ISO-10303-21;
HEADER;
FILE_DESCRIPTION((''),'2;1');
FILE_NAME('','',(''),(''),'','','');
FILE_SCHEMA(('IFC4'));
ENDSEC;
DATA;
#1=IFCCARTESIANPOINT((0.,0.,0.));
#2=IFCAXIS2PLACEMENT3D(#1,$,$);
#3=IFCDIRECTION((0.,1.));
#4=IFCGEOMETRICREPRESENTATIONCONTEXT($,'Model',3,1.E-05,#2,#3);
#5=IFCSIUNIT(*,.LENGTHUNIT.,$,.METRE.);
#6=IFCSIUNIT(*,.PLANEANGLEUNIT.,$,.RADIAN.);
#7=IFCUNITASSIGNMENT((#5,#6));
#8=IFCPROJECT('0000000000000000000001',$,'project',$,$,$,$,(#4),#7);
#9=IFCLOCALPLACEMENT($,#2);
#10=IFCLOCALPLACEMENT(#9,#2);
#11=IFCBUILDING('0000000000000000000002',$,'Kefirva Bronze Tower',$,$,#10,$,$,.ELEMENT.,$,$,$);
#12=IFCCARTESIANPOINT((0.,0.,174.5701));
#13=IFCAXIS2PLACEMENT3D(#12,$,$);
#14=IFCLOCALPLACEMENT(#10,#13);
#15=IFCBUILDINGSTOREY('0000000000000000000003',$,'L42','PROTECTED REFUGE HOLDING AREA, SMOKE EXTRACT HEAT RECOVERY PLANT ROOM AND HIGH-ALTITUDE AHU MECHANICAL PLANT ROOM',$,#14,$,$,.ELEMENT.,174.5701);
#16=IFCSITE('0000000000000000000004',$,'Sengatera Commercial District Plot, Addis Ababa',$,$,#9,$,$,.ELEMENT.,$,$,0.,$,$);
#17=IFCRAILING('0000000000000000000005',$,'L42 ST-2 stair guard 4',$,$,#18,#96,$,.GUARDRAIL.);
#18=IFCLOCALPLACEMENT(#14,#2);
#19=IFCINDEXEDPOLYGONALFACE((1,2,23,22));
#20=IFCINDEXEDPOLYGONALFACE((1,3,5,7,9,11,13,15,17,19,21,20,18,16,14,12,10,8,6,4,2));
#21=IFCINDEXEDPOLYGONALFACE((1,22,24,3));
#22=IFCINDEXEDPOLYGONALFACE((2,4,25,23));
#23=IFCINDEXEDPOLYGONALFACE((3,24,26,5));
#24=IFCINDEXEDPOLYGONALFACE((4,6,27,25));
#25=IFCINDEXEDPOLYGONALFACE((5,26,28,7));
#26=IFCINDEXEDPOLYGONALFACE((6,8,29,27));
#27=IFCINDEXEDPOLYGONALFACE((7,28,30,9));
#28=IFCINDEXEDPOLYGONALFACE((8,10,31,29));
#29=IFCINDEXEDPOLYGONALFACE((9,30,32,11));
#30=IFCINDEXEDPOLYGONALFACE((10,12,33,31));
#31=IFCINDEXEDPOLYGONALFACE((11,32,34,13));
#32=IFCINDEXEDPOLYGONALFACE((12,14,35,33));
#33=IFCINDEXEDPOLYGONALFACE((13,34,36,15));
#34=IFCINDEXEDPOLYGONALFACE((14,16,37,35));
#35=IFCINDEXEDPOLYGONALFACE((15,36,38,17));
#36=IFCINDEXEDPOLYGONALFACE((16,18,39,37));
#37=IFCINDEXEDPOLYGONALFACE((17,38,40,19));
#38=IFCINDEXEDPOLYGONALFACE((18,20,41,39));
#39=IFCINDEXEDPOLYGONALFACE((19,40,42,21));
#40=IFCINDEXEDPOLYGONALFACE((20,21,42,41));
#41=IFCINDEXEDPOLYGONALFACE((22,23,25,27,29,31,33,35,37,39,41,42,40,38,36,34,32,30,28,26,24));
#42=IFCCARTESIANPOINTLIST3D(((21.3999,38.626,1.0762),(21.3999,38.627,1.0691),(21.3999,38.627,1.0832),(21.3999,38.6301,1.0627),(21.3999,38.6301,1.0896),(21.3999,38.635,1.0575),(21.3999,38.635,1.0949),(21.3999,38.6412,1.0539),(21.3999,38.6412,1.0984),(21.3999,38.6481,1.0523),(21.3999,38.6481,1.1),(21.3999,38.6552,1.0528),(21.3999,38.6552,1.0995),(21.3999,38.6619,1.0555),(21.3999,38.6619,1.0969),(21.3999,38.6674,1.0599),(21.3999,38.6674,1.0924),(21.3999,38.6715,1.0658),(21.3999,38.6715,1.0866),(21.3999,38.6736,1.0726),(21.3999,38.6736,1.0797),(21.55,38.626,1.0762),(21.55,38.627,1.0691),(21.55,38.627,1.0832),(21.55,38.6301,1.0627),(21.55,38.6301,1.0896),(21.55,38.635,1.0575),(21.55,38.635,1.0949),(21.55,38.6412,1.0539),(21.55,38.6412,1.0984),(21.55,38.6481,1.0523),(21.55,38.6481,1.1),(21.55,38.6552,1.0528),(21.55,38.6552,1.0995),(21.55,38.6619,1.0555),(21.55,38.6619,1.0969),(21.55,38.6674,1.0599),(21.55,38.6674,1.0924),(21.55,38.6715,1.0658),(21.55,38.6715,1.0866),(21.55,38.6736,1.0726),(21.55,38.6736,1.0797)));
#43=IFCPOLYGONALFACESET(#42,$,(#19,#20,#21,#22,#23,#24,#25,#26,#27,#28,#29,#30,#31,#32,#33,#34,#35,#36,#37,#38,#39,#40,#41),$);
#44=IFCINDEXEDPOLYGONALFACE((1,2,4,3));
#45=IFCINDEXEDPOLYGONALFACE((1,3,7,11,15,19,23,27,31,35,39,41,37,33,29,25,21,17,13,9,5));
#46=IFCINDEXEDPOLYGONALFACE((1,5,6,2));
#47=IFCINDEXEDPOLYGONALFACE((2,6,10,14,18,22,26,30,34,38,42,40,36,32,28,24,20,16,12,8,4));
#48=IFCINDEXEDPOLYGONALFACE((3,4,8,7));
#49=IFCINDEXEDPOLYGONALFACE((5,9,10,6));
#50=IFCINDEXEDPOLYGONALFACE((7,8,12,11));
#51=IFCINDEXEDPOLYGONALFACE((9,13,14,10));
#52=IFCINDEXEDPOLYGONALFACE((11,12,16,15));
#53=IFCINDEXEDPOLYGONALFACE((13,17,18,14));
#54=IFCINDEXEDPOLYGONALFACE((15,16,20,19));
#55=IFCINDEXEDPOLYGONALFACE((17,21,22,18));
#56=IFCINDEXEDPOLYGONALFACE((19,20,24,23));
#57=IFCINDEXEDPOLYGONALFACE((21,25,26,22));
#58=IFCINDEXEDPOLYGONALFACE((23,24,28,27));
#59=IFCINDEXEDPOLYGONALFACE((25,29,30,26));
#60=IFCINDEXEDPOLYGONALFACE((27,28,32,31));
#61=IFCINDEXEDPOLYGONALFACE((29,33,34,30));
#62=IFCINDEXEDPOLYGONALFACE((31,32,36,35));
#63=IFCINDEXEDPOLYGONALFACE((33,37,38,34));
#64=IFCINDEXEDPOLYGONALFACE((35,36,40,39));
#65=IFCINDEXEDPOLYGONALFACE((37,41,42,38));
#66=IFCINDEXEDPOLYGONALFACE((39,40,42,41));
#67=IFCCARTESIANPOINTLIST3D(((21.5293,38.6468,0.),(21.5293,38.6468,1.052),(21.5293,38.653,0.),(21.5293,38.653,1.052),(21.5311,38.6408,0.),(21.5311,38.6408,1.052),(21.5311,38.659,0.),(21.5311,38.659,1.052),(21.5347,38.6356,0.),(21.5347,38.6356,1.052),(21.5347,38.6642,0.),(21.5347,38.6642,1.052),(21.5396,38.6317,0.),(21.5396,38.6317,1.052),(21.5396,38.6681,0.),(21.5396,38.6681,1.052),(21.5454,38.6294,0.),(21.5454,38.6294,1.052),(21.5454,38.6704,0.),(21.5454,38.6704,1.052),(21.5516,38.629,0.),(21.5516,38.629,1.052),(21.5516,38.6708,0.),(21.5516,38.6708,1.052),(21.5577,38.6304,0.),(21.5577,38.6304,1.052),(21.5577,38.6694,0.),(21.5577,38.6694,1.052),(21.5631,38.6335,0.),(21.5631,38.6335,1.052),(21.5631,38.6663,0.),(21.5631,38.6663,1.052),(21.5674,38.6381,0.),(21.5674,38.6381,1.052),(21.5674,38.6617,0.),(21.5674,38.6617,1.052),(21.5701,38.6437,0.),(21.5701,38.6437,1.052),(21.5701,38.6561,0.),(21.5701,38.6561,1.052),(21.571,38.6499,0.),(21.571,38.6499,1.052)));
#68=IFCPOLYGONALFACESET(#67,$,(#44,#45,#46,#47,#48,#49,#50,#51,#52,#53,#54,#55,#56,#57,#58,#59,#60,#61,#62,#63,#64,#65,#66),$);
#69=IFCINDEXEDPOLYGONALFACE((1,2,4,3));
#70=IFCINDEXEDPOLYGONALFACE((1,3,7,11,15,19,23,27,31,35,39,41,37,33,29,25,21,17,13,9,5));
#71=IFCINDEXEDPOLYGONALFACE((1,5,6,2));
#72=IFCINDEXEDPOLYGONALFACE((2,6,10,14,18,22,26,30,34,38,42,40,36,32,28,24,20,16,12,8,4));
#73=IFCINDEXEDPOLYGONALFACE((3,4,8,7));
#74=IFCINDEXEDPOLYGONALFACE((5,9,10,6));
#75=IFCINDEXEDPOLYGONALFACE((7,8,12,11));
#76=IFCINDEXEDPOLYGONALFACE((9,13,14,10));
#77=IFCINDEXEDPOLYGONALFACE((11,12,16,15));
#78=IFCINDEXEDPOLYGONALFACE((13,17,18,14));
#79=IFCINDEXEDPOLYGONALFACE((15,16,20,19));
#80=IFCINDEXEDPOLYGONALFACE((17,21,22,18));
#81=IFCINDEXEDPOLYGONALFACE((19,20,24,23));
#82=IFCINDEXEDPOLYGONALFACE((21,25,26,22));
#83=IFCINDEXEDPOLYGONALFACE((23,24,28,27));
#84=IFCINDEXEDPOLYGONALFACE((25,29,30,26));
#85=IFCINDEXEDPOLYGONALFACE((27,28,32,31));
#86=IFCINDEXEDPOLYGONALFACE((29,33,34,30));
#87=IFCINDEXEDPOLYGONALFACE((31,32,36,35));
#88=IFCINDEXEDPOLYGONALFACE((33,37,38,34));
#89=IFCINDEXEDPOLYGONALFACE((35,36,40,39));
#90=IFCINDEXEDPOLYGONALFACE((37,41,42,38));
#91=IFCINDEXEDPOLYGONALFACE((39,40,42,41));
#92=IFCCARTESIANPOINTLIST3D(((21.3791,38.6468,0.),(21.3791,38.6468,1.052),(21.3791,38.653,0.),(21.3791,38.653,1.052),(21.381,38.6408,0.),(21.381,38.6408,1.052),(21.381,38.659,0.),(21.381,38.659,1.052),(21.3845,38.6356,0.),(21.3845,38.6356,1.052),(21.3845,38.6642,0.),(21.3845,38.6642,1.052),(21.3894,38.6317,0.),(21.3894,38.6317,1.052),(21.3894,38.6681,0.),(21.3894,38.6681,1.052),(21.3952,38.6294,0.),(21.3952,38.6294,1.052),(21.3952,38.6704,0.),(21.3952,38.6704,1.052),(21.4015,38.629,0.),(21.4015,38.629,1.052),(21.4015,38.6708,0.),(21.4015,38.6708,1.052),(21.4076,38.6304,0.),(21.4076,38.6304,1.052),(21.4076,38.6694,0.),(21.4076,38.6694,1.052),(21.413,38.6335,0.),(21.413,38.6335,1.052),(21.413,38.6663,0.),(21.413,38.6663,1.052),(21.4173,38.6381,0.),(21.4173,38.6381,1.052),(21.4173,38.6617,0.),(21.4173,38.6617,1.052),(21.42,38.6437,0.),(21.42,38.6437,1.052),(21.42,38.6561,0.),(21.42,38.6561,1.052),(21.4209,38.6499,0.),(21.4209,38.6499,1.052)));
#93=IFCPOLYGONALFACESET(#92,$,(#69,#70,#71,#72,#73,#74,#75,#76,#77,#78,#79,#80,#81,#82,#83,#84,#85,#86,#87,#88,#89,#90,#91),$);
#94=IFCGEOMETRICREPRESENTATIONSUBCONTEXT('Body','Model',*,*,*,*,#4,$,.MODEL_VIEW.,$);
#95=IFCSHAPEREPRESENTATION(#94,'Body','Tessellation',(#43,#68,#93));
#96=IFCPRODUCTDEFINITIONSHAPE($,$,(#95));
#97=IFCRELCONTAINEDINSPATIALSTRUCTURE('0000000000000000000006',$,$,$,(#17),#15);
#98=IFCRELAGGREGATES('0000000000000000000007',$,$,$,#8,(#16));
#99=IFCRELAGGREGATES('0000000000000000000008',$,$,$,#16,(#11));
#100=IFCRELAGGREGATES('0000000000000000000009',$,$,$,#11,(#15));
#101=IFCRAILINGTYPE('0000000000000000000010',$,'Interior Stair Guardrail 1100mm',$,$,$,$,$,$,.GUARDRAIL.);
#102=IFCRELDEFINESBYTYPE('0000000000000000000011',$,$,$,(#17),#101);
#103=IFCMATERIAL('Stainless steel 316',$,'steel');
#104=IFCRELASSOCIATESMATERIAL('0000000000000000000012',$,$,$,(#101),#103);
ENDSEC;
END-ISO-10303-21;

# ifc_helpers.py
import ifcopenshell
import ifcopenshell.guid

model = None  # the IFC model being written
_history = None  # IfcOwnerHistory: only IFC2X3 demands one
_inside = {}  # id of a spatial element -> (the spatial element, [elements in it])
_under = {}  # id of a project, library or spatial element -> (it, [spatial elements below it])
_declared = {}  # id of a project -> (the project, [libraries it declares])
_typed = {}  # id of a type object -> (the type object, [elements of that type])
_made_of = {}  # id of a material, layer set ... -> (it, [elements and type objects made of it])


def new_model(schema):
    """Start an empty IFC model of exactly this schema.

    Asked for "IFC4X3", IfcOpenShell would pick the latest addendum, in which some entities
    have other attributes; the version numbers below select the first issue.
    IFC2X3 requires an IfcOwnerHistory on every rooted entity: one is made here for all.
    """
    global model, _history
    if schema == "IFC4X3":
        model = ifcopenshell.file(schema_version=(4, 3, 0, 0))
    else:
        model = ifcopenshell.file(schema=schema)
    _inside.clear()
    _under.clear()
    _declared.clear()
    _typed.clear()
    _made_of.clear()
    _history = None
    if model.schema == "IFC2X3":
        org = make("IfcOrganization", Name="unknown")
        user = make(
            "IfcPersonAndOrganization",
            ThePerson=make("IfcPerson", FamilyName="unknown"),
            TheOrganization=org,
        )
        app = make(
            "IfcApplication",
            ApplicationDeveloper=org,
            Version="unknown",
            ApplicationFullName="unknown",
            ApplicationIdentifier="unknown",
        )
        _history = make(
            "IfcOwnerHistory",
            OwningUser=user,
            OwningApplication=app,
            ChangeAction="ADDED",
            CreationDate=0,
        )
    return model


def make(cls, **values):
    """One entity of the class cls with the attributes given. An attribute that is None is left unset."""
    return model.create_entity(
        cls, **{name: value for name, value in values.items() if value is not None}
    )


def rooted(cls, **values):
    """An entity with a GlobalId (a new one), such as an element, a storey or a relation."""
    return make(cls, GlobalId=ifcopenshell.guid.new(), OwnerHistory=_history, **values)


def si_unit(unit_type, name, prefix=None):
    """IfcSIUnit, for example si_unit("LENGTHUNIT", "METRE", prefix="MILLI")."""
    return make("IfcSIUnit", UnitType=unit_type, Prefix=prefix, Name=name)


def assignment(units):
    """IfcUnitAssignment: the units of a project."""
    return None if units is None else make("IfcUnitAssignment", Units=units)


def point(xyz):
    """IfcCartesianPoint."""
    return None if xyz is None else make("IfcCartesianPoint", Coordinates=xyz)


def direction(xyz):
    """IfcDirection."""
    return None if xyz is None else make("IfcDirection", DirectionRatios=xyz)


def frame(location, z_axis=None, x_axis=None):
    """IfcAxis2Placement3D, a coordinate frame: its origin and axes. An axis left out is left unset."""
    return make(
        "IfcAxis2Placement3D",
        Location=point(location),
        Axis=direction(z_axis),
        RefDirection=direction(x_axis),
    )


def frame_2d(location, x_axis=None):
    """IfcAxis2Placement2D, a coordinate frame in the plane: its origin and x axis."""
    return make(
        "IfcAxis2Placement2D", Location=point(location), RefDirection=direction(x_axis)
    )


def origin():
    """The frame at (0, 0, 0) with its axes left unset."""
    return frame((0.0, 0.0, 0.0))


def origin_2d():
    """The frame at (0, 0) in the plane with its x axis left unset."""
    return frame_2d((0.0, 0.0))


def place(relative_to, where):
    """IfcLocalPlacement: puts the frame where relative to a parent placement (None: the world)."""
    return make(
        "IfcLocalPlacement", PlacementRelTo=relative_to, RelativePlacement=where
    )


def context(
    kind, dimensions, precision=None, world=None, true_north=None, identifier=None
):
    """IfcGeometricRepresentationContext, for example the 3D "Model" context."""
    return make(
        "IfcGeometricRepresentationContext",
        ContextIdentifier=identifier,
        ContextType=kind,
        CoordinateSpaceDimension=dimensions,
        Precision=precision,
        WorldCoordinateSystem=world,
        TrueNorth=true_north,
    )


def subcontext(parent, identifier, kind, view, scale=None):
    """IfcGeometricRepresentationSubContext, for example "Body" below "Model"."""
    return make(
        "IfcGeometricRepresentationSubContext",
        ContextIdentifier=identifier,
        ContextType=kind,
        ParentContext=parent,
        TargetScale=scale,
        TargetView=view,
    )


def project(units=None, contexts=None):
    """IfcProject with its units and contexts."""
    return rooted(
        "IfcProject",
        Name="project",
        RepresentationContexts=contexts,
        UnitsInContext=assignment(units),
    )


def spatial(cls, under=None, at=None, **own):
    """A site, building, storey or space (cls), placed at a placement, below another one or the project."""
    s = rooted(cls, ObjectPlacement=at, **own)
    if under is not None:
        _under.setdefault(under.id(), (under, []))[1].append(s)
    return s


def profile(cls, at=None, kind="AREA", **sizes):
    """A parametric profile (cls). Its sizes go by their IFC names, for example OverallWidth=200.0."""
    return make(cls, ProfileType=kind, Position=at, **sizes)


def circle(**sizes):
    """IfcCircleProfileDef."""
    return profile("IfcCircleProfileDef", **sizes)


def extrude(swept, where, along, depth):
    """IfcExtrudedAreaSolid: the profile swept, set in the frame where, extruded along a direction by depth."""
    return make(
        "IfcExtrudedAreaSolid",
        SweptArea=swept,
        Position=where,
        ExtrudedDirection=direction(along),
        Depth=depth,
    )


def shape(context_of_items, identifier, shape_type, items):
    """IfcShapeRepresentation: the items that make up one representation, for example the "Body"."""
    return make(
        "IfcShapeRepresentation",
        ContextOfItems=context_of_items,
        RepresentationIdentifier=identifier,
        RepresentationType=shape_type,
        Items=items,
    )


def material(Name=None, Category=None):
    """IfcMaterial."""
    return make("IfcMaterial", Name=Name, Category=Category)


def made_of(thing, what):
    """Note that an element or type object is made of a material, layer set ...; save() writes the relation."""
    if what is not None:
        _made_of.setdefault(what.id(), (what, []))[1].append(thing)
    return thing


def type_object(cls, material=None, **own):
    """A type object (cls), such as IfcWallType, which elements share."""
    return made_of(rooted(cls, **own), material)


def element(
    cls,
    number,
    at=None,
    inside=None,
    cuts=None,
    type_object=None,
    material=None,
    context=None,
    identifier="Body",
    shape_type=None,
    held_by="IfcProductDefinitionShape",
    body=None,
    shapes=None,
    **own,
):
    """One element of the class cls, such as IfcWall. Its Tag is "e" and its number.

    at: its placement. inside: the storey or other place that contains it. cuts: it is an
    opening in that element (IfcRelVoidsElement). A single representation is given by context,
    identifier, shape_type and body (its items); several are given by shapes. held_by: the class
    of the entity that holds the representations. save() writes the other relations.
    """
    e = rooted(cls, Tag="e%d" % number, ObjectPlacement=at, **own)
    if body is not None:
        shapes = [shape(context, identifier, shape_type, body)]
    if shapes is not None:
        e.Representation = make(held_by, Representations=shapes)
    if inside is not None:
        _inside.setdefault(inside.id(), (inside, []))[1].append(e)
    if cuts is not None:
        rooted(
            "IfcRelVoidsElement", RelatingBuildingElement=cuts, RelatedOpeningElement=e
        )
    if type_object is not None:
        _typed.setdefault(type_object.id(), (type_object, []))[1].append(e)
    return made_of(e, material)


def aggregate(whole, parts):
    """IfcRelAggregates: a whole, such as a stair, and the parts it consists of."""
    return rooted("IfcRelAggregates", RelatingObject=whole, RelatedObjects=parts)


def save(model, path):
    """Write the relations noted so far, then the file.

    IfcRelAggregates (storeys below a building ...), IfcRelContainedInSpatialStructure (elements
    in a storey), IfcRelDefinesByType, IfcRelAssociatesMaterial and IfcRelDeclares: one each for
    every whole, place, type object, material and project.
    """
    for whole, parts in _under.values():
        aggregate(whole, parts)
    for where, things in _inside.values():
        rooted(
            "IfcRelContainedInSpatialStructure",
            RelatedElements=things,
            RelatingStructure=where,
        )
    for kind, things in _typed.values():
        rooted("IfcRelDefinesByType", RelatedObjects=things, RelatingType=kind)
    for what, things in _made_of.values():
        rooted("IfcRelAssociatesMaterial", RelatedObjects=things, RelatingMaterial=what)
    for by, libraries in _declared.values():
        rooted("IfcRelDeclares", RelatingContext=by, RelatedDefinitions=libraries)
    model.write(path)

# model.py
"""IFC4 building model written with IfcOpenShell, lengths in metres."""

from ifc_helpers import new_model, si_unit, direction, frame, origin, origin_2d, place, context, subcontext, project, spatial, circle, extrude, material, type_object, element, save


model = new_model("IFC4")

# Units and contexts
model_context = context("Model", 3, precision=1e-05, world=origin(), true_north=direction((0.0, 1.0)))
body_context = subcontext(model_context, "Body", "Model", "MODEL_VIEW")
ifc_project = project(units=[si_unit("LENGTHUNIT", "METRE"), si_unit("PLANEANGLEUNIT", "RADIAN")], contexts=[model_context])

# Site, building, storey
site_placement = place(None, origin())
site = spatial("IfcSite", under=ifc_project, at=site_placement, Name="Sengatera Commercial District Plot, Addis Ababa", CompositionType="ELEMENT", RefElevation=0.0)
building_placement = place(site_placement, origin())
building = spatial("IfcBuilding", under=site, at=building_placement, Name="Kefirva Bronze Tower", CompositionType="ELEMENT")
storey_placement = place(building_placement, frame((0.0, 0.0, 174.5701)))
storey = spatial("IfcBuildingStorey", under=building, at=storey_placement, Name="L42", Description="PROTECTED REFUGE HOLDING AREA, SMOKE EXTRACT HEAT RECOVERY PLANT ROOM AND HIGH-ALTITUDE AHU MECHANICAL PLANT ROOM", CompositionType="ELEMENT", Elevation=174.5701)

# Railing
ifc_material_1 = material(Name="Stainless steel 316", Category="steel")
railing_type = type_object("IfcRailingType", Name="Interior Stair Guardrail 1100mm", PredefinedType="GUARDRAIL", material=ifc_material_1)
railing_1_placement = place(storey_placement, frame((21.55, 38.6499, 0.0)))
element("IfcRailing", 1, at=railing_1_placement, inside=storey, type_object=railing_type, Name="L42 ST-2 stair guard 4", PredefinedType="GUARDRAIL", context=body_context, shape_type="SweptSolid", body=[
    extrude(circle(Radius=0.0239, at=origin_2d()), frame((0.0, 0.0, 1.0762), z_axis=(-1.0, 0.0, 0.0), x_axis=(0.0, -1.0, 0.0)), (0.0, 0.0, 1.0), 0.1501),
    extrude(circle(Radius=0.021, at=origin_2d()), origin(), (0.0, 0.0, 1.0), 1.052),
    extrude(circle(Radius=0.021, at=origin_2d()), frame((-0.1501, 0.0, 0.0)), (0.0, 0.0, 1.0), 1.052),
])

save(model, "model.ifc")
